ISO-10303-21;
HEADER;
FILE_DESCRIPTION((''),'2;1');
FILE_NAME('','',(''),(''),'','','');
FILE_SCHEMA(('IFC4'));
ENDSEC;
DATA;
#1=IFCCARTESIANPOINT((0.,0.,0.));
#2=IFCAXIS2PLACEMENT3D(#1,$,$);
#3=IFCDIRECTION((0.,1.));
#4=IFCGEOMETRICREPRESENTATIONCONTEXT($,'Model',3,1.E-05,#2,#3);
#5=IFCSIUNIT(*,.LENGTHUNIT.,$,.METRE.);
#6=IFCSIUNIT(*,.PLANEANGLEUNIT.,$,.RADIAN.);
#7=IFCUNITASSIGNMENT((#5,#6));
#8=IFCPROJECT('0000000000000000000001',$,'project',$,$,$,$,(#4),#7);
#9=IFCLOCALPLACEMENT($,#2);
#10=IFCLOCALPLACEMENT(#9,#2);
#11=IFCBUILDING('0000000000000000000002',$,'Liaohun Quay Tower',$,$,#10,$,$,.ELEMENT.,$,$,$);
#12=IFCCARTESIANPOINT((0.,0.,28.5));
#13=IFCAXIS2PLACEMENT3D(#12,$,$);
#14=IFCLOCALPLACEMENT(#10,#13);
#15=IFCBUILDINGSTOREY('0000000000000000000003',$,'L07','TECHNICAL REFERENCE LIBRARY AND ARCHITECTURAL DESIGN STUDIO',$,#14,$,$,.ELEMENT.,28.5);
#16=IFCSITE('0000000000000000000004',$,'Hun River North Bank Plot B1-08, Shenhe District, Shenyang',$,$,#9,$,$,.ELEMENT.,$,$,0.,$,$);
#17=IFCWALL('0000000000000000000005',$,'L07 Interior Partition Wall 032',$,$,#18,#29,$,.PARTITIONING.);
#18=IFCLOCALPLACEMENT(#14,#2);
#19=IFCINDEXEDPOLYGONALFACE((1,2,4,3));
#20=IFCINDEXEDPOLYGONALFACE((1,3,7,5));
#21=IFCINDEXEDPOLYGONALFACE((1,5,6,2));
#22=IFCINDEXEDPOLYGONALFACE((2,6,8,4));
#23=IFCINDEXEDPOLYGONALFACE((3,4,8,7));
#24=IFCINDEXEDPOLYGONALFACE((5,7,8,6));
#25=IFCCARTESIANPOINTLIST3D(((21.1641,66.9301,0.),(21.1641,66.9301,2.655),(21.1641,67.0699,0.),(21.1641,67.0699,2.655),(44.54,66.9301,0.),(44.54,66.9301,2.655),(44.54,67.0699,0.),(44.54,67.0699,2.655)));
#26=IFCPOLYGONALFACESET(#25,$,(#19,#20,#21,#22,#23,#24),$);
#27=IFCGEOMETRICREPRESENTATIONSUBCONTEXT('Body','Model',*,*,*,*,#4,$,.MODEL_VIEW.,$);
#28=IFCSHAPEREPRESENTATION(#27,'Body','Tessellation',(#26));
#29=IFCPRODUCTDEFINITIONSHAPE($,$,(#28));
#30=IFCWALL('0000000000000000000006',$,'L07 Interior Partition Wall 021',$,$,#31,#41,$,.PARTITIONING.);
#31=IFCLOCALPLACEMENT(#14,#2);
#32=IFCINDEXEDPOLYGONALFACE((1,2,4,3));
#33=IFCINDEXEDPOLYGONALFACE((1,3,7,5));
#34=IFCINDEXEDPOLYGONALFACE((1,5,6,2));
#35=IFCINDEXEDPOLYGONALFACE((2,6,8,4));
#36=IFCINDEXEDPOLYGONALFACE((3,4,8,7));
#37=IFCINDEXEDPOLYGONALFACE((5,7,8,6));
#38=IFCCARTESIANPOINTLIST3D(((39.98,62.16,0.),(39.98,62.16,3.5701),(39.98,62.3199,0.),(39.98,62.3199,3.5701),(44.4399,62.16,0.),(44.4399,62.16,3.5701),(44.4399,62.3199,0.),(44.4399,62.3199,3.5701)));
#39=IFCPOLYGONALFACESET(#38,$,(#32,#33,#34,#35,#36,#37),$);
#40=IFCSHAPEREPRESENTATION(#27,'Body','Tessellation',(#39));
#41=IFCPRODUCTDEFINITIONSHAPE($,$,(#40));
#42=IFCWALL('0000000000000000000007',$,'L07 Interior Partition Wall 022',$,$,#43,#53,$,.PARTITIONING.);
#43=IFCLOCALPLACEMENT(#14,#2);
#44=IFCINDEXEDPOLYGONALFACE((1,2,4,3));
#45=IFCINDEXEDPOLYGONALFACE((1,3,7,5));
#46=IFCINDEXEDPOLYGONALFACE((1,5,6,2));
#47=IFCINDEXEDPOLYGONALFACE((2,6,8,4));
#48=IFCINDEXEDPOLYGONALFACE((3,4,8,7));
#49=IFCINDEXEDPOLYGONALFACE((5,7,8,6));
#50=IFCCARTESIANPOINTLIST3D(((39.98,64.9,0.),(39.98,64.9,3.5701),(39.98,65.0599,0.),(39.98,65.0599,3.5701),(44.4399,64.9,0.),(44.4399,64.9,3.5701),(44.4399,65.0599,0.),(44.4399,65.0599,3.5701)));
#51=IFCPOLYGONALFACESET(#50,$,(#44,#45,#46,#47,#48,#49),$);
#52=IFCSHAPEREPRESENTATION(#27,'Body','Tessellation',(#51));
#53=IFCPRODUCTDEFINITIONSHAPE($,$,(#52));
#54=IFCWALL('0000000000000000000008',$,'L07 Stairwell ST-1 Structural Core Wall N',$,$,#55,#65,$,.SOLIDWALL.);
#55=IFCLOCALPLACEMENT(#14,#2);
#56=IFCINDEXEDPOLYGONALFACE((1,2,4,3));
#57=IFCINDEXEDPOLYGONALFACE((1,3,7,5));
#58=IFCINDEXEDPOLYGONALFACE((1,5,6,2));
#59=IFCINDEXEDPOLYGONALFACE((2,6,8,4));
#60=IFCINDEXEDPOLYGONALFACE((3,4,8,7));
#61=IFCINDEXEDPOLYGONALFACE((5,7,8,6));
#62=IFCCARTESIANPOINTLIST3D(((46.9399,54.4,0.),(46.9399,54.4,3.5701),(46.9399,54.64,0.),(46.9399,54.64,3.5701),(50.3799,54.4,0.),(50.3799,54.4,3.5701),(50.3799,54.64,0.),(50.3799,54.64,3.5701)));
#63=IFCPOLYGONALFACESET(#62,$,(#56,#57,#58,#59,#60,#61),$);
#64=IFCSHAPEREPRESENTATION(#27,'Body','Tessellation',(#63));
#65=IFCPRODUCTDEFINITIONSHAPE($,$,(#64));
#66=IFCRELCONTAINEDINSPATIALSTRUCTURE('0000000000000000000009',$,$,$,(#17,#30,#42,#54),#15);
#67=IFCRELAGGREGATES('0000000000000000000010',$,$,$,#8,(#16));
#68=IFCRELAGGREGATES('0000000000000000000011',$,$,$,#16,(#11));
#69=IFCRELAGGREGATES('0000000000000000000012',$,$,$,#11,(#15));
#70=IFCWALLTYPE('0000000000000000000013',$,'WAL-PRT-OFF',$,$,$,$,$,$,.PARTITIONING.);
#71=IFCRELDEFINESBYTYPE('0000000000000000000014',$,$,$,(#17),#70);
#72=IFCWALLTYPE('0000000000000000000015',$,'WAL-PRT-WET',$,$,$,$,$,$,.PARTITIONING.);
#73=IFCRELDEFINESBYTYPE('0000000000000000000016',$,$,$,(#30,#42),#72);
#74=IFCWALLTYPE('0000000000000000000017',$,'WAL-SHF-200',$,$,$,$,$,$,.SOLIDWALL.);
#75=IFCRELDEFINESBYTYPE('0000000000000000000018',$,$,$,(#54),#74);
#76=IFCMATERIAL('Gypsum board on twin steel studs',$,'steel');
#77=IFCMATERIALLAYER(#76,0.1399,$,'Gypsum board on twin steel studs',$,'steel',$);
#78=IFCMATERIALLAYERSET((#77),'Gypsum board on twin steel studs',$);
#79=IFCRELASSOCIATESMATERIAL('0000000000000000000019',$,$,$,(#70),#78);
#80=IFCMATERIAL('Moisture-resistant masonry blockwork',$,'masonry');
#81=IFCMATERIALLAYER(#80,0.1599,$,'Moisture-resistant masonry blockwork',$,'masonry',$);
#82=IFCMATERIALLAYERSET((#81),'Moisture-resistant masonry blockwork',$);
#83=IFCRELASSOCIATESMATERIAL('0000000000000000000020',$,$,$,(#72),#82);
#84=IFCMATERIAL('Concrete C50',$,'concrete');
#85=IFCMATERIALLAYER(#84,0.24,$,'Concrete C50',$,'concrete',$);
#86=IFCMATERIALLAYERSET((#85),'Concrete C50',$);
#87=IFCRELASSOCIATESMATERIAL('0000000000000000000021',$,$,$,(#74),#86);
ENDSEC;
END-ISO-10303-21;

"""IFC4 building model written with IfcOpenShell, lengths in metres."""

from ifc_helpers import new_model, si_unit, direction, frame, frame_2d, origin, place, context, subcontext, project, spatial, rectangle, extrude, material, layer, layer_set, type_object, element, save


model = new_model("IFC4")

# Units and contexts
model_context = context("Model", 3, precision=1e-05, world=origin(), true_north=direction((0.0, 1.0)))
body_context = subcontext(model_context, "Body", "Model", "MODEL_VIEW")
ifc_project = project(units=[si_unit("LENGTHUNIT", "METRE"), si_unit("PLANEANGLEUNIT", "RADIAN")], contexts=[model_context])

# Site, building, storey
site_placement = place(None, origin())
site = spatial("IfcSite", under=ifc_project, at=site_placement, Name="Hun River North Bank Plot B1-08, Shenhe District, Shenyang", CompositionType="ELEMENT", RefElevation=0.0)
building_placement = place(site_placement, origin())
building = spatial("IfcBuilding", under=site, at=building_placement, Name="Liaohun Quay Tower", CompositionType="ELEMENT")
storey_placement = place(building_placement, frame((0.0, 0.0, 28.5)))
storey = spatial("IfcBuildingStorey", under=building, at=storey_placement, Name="L07", Description="TECHNICAL REFERENCE LIBRARY AND ARCHITECTURAL DESIGN STUDIO", CompositionType="ELEMENT", Elevation=28.5)

# Wall
ifc_material_1 = material(Name="Gypsum board on twin steel studs", Category="steel")
ifc_layer_1 = layer(ifc_material_1, 0.1399, Name="Gypsum board on twin steel studs", Category="steel")
ifc_layer_set_1 = layer_set([ifc_layer_1], Name="Gypsum board on twin steel studs")
wall_type_1 = type_object("IfcWallType", Name="WAL-PRT-OFF", PredefinedType="PARTITIONING", material=ifc_layer_set_1)
wall_1_placement = place(storey_placement, frame((44.54, 67.0, 0.0), z_axis=(0.0, 0.0, 1.0), x_axis=(-1.0, 0.0, 0.0)))
element("IfcWall", 1, at=wall_1_placement, inside=storey, type_object=wall_type_1, Name="L07 Interior Partition Wall 032", PredefinedType="PARTITIONING", context=body_context, shape_type="SweptSolid", body=[
    extrude(rectangle(XDim=23.376, YDim=0.1399, at=frame_2d((11.688, 0.0))), origin(), (0.0, 0.0, 1.0), 2.655),
])

# Shared definitions
ifc_material_2 = material(Name="Moisture-resistant masonry blockwork", Category="masonry")
ifc_layer_2 = layer(ifc_material_2, 0.1599, Name="Moisture-resistant masonry blockwork", Category="masonry")
ifc_layer_set_2 = layer_set([ifc_layer_2], Name="Moisture-resistant masonry blockwork")
wall_type_2 = type_object("IfcWallType", Name="WAL-PRT-WET", PredefinedType="PARTITIONING", material=ifc_layer_set_2)

# Walls
for number, where, z_axis, x_axis, name in (
    (2, (39.98, 62.24, 0.0), (0.0, 0.0, 1.0), (1.0, 0.0, 0.0), "L07 Interior Partition Wall 021"),
    (3, (39.98, 64.98, 0.0), (0.0, 0.0, 1.0), (1.0, 0.0, 0.0), "L07 Interior Partition Wall 022"),
):
    element("IfcWall", number, at=place(storey_placement, frame(where, z_axis=z_axis, x_axis=x_axis)), inside=storey, type_object=wall_type_2, Name=name, PredefinedType="PARTITIONING", context=body_context, shape_type="SweptSolid", body=[
        extrude(rectangle(XDim=4.46, YDim=0.1599, at=frame_2d((2.23, 0.0))), origin(), (0.0, 0.0, 1.0), 3.5701),
    ])
ifc_material_3 = material(Name="Concrete C50", Category="concrete")
ifc_layer_3 = layer(ifc_material_3, 0.24, Name="Concrete C50", Category="concrete")
ifc_layer_set_3 = layer_set([ifc_layer_3], Name="Concrete C50")
wall_type_3 = type_object("IfcWallType", Name="WAL-SHF-200", PredefinedType="SOLIDWALL", material=ifc_layer_set_3)
wall_2_placement = place(storey_placement, frame((50.3799, 54.52, 0.0), z_axis=(0.0, 0.0, 1.0), x_axis=(-1.0, 0.0, 0.0)))
element("IfcWall", 4, at=wall_2_placement, inside=storey, type_object=wall_type_3, Name="L07 Stairwell ST-1 Structural Core Wall N", PredefinedType="SOLIDWALL", context=body_context, shape_type="SweptSolid", body=[
    extrude(rectangle(XDim=3.4399, YDim=0.24, at=frame_2d((1.72, 0.0))), origin(), (0.0, 0.0, 1.0), 3.5701),
])

save(model, "model.ifc")
